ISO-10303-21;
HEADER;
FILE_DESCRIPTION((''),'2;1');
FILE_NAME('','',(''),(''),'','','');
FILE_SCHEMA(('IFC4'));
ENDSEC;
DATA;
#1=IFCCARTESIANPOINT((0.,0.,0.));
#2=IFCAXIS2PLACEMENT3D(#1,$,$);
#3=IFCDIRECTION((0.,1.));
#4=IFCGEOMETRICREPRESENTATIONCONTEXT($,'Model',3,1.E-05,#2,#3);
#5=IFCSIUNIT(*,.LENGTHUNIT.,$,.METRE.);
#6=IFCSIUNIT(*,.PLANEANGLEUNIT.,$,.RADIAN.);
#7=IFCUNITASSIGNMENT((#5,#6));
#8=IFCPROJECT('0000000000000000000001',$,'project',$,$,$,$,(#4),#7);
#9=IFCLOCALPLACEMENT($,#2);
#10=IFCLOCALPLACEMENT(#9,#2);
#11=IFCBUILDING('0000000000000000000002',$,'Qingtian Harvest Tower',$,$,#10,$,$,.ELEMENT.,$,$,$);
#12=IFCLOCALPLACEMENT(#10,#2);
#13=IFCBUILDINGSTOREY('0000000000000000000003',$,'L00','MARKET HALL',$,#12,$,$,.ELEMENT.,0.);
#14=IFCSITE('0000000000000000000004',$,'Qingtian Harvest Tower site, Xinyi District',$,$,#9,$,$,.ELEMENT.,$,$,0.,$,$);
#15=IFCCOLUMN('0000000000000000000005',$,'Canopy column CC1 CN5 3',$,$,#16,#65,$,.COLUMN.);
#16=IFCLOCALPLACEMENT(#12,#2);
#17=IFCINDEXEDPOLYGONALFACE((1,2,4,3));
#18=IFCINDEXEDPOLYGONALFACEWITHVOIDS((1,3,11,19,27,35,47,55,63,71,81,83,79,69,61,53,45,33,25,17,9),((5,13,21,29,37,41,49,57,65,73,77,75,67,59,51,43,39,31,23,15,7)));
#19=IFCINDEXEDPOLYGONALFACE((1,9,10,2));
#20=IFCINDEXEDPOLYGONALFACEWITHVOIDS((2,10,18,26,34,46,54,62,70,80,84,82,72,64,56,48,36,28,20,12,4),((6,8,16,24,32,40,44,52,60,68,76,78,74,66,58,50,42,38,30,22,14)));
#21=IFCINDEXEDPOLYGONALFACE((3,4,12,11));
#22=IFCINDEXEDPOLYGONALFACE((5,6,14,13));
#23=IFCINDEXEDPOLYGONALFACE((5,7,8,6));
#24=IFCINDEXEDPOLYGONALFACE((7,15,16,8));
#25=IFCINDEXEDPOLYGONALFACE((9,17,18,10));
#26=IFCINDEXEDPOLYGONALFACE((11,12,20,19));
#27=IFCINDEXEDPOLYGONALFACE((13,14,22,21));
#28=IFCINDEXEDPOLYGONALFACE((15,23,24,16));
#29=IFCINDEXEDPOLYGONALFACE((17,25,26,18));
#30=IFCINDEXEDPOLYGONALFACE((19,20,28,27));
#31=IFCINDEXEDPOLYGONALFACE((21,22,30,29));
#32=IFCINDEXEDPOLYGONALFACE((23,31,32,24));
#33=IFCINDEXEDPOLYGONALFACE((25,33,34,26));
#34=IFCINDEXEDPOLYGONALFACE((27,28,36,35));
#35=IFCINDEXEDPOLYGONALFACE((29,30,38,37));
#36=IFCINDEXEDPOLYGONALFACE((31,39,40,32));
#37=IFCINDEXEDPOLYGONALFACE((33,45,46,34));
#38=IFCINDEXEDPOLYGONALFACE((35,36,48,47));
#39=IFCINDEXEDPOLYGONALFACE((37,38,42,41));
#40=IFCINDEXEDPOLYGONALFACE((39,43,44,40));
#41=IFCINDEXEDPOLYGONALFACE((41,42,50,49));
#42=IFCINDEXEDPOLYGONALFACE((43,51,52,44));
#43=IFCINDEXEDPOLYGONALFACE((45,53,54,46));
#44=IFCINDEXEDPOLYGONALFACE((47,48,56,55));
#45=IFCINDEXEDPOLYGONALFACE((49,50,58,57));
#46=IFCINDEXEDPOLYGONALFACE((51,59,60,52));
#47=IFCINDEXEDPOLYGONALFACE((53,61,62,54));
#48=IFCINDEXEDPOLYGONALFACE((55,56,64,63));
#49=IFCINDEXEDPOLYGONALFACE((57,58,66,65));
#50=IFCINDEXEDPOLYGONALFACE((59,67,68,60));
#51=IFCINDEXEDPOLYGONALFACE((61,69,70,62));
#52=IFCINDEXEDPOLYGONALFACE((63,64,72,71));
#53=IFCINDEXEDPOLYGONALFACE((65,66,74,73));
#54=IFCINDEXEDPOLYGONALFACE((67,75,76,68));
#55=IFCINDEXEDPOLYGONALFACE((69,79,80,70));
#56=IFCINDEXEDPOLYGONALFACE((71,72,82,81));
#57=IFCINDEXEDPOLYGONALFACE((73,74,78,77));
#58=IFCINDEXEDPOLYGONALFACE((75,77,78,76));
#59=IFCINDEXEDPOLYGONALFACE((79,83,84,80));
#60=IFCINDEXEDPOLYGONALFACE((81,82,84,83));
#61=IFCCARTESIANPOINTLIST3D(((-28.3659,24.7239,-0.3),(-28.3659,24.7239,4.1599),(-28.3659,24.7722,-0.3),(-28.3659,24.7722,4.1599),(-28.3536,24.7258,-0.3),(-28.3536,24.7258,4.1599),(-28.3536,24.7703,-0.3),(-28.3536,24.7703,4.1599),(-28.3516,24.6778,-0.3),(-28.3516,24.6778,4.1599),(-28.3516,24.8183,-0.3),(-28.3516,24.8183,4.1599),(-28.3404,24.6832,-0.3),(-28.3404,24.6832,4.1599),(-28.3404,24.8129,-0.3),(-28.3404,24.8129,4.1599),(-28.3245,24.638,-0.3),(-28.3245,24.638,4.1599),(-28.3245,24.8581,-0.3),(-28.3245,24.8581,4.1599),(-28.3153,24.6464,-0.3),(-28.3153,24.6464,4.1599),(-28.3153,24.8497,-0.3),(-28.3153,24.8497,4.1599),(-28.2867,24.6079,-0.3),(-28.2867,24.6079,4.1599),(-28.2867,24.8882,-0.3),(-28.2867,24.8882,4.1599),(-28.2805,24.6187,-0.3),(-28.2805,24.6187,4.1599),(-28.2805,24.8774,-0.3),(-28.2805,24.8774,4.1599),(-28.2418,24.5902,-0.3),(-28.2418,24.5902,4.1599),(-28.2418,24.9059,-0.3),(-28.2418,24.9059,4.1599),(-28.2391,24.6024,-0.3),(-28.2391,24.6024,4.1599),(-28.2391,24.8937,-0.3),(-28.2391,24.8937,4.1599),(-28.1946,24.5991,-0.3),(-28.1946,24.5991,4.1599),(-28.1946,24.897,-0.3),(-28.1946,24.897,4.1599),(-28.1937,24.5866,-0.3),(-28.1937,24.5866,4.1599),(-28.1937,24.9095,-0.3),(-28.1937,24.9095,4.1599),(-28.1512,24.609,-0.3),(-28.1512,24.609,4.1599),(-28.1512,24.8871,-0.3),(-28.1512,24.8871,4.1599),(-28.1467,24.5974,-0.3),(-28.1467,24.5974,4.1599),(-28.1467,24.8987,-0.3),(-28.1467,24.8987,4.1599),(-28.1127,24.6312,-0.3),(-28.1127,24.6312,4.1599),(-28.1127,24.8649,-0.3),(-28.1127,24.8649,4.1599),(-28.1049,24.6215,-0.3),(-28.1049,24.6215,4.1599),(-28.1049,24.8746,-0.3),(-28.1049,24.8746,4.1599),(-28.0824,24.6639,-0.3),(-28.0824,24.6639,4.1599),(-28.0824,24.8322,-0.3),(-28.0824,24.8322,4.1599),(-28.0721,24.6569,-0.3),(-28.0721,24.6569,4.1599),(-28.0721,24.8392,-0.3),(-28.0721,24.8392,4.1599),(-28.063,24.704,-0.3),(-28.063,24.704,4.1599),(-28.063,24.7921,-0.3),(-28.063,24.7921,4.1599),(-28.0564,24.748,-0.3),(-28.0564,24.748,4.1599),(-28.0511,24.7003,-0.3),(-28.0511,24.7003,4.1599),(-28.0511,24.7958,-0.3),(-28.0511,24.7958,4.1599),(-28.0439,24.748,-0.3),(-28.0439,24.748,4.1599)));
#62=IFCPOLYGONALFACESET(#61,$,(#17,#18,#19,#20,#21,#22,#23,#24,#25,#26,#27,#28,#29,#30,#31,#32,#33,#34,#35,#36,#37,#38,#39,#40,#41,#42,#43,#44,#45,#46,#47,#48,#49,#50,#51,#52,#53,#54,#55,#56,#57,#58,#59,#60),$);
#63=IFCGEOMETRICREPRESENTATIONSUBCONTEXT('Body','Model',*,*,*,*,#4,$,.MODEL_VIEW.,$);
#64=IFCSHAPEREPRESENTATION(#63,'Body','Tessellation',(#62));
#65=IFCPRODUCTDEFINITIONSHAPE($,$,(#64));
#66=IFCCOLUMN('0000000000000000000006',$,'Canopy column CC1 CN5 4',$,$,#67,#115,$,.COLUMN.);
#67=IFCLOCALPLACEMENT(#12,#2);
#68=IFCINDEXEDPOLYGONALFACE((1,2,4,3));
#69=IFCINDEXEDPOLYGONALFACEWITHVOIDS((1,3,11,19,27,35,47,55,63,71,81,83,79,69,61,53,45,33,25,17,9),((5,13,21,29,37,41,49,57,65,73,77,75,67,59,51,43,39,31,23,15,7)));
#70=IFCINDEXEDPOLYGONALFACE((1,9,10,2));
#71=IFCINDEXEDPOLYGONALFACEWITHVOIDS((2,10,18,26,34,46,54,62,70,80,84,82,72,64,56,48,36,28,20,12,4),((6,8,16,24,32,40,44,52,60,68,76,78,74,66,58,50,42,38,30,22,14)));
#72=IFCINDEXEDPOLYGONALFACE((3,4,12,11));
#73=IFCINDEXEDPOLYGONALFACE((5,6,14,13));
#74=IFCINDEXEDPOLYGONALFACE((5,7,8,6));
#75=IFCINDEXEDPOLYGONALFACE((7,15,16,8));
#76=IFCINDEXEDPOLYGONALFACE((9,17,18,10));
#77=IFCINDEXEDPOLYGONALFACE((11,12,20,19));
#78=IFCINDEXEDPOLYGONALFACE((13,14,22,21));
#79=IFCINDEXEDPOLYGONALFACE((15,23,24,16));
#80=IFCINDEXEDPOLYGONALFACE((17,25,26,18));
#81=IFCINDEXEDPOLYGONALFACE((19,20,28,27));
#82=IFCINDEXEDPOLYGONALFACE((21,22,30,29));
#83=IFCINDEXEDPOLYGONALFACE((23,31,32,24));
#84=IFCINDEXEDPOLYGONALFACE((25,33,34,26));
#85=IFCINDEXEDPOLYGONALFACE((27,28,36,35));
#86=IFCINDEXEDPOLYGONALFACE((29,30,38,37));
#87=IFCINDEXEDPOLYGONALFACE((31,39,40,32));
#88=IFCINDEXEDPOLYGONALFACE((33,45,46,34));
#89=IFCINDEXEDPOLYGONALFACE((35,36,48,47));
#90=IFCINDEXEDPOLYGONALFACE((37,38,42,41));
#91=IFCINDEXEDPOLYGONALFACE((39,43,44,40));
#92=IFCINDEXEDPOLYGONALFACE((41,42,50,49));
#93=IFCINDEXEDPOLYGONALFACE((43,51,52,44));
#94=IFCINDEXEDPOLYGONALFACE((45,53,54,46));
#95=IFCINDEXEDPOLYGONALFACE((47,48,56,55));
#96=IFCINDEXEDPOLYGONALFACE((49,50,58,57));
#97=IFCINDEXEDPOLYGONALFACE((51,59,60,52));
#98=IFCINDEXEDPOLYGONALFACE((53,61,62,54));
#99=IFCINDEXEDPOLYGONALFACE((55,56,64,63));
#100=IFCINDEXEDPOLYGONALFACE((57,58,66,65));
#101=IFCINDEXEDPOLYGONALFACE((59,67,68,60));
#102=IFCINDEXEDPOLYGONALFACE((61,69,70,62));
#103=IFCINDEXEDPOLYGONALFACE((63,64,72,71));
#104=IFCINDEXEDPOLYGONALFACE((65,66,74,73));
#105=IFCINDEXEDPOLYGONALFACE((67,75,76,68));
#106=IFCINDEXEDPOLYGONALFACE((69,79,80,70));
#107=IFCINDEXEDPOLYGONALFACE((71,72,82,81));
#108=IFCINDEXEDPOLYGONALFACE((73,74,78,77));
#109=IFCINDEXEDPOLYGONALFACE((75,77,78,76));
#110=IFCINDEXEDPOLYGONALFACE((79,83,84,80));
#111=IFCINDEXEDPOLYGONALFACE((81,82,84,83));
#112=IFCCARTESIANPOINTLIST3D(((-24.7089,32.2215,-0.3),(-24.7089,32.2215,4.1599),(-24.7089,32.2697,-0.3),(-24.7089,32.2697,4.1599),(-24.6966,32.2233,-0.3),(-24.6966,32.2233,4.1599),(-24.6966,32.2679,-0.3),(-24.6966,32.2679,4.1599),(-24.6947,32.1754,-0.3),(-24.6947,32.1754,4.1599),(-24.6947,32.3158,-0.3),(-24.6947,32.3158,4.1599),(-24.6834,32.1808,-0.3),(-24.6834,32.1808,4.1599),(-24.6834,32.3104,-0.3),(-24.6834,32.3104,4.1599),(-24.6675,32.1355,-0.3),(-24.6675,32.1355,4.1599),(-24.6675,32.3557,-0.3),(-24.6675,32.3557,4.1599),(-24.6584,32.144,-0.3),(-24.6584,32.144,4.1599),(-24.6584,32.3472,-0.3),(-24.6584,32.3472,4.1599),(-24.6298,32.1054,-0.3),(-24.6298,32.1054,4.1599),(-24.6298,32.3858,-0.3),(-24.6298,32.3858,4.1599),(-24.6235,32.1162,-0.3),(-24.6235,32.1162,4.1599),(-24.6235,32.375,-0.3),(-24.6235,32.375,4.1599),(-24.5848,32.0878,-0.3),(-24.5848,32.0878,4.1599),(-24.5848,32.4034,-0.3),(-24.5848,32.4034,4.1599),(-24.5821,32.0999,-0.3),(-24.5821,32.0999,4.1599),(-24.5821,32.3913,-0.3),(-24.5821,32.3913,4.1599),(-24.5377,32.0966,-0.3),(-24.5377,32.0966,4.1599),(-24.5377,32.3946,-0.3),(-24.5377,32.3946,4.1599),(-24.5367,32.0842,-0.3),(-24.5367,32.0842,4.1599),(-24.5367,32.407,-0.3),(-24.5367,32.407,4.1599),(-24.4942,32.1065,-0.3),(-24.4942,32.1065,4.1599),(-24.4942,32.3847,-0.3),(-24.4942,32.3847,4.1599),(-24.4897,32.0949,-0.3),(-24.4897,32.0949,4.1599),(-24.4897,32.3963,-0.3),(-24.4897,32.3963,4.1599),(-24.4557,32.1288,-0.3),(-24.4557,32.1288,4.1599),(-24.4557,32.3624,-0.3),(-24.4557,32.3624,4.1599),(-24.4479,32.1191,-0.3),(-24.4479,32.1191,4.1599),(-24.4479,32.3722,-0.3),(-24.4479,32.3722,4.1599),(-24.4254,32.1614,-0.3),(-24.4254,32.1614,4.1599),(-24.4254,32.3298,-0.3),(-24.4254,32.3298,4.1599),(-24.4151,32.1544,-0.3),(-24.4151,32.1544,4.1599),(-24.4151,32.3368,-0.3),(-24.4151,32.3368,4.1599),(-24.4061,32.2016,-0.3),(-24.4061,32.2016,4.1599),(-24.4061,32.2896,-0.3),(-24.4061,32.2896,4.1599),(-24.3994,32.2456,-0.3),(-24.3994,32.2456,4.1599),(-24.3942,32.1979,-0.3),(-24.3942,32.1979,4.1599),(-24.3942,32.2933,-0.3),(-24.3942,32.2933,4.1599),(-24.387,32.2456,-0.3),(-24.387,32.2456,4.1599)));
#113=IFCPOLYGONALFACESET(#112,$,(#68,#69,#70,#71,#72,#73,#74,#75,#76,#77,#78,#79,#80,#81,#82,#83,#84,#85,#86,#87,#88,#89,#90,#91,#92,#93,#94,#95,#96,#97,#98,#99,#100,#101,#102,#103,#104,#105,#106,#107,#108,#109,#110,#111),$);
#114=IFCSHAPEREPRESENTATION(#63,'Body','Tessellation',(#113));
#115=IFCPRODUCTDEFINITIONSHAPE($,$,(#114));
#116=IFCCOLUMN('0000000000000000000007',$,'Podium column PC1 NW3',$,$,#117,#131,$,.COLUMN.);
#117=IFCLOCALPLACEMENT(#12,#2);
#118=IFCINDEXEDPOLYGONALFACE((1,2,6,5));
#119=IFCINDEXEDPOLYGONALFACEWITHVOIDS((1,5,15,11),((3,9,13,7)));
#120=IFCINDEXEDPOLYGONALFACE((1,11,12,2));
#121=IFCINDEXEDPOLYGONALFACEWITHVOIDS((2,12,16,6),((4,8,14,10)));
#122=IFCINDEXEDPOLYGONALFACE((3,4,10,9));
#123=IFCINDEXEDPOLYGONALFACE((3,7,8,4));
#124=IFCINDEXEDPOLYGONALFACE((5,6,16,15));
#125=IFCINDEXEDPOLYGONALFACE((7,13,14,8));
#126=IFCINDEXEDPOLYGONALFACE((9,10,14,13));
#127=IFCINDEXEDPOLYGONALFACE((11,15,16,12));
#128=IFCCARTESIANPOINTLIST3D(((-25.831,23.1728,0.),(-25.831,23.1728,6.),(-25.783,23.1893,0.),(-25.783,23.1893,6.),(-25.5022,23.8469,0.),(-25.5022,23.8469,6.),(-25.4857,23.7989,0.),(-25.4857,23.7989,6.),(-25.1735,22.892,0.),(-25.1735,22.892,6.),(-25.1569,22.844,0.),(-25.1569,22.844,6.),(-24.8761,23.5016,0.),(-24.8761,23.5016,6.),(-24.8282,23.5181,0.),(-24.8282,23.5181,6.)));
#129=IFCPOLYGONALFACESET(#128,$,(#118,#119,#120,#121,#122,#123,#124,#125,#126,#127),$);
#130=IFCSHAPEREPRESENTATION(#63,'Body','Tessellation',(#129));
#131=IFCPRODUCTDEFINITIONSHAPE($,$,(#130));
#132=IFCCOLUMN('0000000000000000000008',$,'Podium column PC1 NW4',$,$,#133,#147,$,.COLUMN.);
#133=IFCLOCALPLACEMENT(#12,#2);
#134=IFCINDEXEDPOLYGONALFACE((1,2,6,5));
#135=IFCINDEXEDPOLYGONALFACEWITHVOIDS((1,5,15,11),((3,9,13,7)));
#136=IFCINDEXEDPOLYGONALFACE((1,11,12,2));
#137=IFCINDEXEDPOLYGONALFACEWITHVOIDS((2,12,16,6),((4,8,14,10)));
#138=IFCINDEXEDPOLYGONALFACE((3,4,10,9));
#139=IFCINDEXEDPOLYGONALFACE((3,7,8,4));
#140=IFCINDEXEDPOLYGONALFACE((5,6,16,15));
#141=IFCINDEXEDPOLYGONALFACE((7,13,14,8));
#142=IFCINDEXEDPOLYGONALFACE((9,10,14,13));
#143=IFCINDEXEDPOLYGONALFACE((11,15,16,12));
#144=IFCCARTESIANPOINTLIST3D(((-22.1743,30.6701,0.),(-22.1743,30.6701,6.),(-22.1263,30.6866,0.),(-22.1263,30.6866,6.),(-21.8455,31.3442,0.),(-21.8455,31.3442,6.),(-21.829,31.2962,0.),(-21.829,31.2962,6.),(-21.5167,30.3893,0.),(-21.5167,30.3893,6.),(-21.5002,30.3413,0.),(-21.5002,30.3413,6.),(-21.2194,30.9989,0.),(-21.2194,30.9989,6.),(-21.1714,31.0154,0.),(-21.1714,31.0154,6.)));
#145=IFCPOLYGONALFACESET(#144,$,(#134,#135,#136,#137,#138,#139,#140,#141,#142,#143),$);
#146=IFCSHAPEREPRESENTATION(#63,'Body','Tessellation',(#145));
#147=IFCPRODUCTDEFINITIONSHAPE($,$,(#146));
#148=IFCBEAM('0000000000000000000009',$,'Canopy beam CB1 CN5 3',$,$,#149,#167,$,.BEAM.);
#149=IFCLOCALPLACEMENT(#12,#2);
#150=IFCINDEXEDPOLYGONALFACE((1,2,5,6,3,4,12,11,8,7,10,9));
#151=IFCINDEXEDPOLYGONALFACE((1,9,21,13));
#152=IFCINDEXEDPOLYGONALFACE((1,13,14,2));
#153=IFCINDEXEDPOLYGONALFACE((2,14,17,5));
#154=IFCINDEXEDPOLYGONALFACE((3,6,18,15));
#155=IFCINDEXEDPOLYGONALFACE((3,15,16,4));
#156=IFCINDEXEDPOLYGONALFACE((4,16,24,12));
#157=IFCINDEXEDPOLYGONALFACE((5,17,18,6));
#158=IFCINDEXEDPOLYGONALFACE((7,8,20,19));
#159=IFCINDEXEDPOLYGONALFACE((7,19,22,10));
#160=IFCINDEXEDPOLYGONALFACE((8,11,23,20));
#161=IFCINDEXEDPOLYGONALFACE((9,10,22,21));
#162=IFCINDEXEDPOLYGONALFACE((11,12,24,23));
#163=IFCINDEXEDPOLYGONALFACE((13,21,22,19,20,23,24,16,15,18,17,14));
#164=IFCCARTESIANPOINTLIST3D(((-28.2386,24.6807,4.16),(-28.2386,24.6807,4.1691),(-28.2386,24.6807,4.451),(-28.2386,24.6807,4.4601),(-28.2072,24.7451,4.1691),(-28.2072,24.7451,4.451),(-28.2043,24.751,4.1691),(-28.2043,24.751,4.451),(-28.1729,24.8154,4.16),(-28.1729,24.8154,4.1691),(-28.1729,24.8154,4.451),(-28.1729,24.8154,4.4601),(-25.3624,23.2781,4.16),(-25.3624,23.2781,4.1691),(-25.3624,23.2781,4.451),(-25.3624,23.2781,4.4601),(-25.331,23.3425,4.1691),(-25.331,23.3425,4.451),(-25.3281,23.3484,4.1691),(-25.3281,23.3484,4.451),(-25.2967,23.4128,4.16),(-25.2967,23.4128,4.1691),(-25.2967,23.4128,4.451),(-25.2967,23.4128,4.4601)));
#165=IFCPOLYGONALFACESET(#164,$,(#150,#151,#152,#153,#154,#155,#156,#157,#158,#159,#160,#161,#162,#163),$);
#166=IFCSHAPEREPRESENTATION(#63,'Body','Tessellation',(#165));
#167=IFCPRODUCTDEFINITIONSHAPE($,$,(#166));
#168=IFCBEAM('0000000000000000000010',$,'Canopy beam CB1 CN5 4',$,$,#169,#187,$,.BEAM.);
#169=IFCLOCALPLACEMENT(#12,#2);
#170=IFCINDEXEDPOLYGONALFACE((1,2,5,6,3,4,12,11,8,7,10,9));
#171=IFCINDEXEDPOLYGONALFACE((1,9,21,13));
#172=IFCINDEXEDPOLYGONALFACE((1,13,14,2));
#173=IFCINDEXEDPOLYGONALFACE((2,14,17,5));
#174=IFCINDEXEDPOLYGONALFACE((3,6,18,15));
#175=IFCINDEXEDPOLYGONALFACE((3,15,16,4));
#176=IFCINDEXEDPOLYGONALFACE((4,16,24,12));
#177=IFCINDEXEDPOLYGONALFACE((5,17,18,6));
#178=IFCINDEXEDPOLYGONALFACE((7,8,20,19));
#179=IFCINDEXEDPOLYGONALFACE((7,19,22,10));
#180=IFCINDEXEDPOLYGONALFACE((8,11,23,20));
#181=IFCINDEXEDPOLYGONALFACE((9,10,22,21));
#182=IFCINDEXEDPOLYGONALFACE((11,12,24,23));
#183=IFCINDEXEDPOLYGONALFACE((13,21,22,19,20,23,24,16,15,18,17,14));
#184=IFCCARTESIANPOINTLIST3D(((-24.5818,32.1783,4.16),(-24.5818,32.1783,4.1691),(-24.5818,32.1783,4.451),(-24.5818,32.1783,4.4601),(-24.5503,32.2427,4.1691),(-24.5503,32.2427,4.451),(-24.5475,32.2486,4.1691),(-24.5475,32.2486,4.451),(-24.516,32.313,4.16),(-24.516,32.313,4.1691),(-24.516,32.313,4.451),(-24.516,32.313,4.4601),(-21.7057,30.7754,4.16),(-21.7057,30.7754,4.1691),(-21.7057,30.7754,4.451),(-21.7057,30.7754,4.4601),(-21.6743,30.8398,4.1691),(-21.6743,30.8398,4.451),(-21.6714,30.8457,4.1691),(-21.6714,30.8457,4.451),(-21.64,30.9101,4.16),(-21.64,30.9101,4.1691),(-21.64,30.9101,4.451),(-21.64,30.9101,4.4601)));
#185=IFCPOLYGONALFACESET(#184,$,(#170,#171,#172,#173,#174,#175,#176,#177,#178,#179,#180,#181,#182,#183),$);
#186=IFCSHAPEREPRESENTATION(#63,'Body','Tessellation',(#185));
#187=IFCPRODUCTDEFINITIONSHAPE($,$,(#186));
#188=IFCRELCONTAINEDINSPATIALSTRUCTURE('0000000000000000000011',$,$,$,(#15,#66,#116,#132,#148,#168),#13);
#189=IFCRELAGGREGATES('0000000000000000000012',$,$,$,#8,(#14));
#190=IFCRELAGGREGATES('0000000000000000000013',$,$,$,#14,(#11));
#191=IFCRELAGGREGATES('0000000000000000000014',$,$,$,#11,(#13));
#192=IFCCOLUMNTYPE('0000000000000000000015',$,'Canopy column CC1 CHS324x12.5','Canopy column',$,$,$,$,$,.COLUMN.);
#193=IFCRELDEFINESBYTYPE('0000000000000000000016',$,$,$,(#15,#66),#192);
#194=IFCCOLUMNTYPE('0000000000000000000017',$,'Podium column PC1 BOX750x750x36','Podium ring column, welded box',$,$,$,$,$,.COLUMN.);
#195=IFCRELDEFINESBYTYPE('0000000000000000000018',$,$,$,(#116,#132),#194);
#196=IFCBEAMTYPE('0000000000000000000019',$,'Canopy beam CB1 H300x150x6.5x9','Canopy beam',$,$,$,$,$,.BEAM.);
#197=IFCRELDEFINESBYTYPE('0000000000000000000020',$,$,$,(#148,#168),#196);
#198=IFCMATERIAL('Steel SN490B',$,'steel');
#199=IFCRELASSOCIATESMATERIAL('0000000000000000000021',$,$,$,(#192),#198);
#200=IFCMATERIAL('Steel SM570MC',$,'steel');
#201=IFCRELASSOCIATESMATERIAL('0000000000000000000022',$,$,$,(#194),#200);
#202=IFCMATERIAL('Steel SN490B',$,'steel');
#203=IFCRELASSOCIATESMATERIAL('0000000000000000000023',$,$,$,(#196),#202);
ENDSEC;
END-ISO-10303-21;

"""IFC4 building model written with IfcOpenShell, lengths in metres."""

from ifc_helpers import new_model, si_unit, direction, frame, origin, origin_2d, place, context, subcontext, project, spatial, hollow_rectangle, hollow_circle, i_section, extrude, material, material_profile, profile_set, type_object, element, save


model = new_model("IFC4")

# Units and contexts
model_context = context("Model", 3, precision=1e-05, world=origin(), true_north=direction((0.0, 1.0)))
body_context = subcontext(model_context, "Body", "Model", "MODEL_VIEW")
ifc_project = project(units=[si_unit("LENGTHUNIT", "METRE"), si_unit("PLANEANGLEUNIT", "RADIAN")], contexts=[model_context])

# Site, building, storey
site_placement = place(None, origin())
site = spatial("IfcSite", under=ifc_project, at=site_placement, Name="Qingtian Harvest Tower site, Xinyi District", CompositionType="ELEMENT", RefElevation=0.0)
building_placement = place(site_placement, origin())
building = spatial("IfcBuilding", under=site, at=building_placement, Name="Qingtian Harvest Tower", CompositionType="ELEMENT")
storey_placement = place(building_placement, origin())
storey = spatial("IfcBuildingStorey", under=building, at=storey_placement, Name="L00", Description="MARKET HALL", CompositionType="ELEMENT", Elevation=0.0)

# Columns
ifc_material_1 = material(Name="Steel SN490B", Category="steel")
ifc_material_profile_1 = material_profile(ifc_material_1, hollow_circle(Radius=0.1619, WallThickness=0.0125, at=origin_2d()), Name="CHS324x12.5")
ifc_profile_set_1 = profile_set([ifc_material_profile_1], Name="Steel SN490B")
column_type_1 = type_object("IfcColumnType", Name="Canopy column CC1 CHS324x12.5", Description="Canopy column", PredefinedType="COLUMN", material=ifc_profile_set_1)
for number, where, z_axis, x_axis, name in (
    (1, (-28.2058, 24.748, -0.3), (0.0, 0.0, 1.0), (1.0, 0.0, 0.0), "Canopy column CC1 CN5 3"),
    (2, (-24.5488, 32.2456, -0.3), (0.0, 0.0, 1.0), (1.0, 0.0, 0.0), "Canopy column CC1 CN5 4"),
):
    element("IfcColumn", number, at=place(storey_placement, frame(where, z_axis=z_axis, x_axis=x_axis)), inside=storey, type_object=column_type_1, Name=name, PredefinedType="COLUMN", context=body_context, shape_type="SweptSolid", body=[
        extrude(hollow_circle(Radius=0.1619, WallThickness=0.0125, at=origin_2d()), origin(), (0.0, 0.0, 1.0), 4.46),
    ])
ifc_material_2 = material(Name="Steel SM570MC", Category="steel")
ifc_material_profile_2 = material_profile(ifc_material_2, hollow_rectangle(XDim=0.75, YDim=0.75, WallThickness=0.0359, at=origin_2d()), Name="BOX750x750x36")
ifc_profile_set_2 = profile_set([ifc_material_profile_2], Name="Steel SM570MC")
column_type_2 = type_object("IfcColumnType", Name="Podium column PC1 BOX750x750x36", Description="Podium ring column, welded box", PredefinedType="COLUMN", material=ifc_profile_set_2)
for number, where, z_axis, x_axis, name in (
    (3, (-25.3296, 23.3455, 0.0), (0.0, 0.0, 1.0), (-0.438371, -0.898794, 0.0), "Podium column PC1 NW3"),
    (4, (-21.6729, 30.8428, 0.0), (0.0, 0.0, 1.0), (-0.438371, -0.898794, 0.0), "Podium column PC1 NW4"),
):
    element("IfcColumn", number, at=place(storey_placement, frame(where, z_axis=z_axis, x_axis=x_axis)), inside=storey, type_object=column_type_2, Name=name, PredefinedType="COLUMN", context=body_context, shape_type="SweptSolid", body=[
        extrude(hollow_rectangle(XDim=0.75, YDim=0.75, WallThickness=0.0359, at=origin_2d()), origin(), (0.0, 0.0, 1.0), 6.0),
    ])

# Beams
ifc_material_3 = material(Name="Steel SN490B", Category="steel")
ifc_material_profile_3 = material_profile(ifc_material_3, i_section(OverallWidth=0.1499, OverallDepth=0.3, WebThickness=0.0066, FlangeThickness=0.009, at=origin_2d()), Name="H300x150x6.5x9")
ifc_profile_set_3 = profile_set([ifc_material_profile_3], Name="Steel SN490B")
beam_type_1 = type_object("IfcBeamType", Name="Canopy beam CB1 H300x150x6.5x9", Description="Canopy beam", PredefinedType="BEAM", material=ifc_profile_set_3)
for number, where, z_axis, x_axis, name in (
    (5, (-25.3296, 23.3455, 4.3101), (-0.898823, 0.438311, 0.0), (-0.438311, -0.898823, 0.0), "Canopy beam CB1 CN5 3"),
    (6, (-21.6729, 30.8428, 4.3101), (-0.898779, 0.438403, 0.0), (-0.438403, -0.898779, 0.0), "Canopy beam CB1 CN5 4"),
):
    element("IfcBeam", number, at=place(storey_placement, frame(where, z_axis=z_axis, x_axis=x_axis)), inside=storey, type_object=beam_type_1, Name=name, PredefinedType="BEAM", context=body_context, shape_type="SweptSolid", body=[
        extrude(i_section(OverallWidth=0.1499, OverallDepth=0.3, WebThickness=0.0066, FlangeThickness=0.009, at=origin_2d()), origin(), (0.0, 0.0, 1.0), 3.2),
    ])

save(model, "model.ifc")
